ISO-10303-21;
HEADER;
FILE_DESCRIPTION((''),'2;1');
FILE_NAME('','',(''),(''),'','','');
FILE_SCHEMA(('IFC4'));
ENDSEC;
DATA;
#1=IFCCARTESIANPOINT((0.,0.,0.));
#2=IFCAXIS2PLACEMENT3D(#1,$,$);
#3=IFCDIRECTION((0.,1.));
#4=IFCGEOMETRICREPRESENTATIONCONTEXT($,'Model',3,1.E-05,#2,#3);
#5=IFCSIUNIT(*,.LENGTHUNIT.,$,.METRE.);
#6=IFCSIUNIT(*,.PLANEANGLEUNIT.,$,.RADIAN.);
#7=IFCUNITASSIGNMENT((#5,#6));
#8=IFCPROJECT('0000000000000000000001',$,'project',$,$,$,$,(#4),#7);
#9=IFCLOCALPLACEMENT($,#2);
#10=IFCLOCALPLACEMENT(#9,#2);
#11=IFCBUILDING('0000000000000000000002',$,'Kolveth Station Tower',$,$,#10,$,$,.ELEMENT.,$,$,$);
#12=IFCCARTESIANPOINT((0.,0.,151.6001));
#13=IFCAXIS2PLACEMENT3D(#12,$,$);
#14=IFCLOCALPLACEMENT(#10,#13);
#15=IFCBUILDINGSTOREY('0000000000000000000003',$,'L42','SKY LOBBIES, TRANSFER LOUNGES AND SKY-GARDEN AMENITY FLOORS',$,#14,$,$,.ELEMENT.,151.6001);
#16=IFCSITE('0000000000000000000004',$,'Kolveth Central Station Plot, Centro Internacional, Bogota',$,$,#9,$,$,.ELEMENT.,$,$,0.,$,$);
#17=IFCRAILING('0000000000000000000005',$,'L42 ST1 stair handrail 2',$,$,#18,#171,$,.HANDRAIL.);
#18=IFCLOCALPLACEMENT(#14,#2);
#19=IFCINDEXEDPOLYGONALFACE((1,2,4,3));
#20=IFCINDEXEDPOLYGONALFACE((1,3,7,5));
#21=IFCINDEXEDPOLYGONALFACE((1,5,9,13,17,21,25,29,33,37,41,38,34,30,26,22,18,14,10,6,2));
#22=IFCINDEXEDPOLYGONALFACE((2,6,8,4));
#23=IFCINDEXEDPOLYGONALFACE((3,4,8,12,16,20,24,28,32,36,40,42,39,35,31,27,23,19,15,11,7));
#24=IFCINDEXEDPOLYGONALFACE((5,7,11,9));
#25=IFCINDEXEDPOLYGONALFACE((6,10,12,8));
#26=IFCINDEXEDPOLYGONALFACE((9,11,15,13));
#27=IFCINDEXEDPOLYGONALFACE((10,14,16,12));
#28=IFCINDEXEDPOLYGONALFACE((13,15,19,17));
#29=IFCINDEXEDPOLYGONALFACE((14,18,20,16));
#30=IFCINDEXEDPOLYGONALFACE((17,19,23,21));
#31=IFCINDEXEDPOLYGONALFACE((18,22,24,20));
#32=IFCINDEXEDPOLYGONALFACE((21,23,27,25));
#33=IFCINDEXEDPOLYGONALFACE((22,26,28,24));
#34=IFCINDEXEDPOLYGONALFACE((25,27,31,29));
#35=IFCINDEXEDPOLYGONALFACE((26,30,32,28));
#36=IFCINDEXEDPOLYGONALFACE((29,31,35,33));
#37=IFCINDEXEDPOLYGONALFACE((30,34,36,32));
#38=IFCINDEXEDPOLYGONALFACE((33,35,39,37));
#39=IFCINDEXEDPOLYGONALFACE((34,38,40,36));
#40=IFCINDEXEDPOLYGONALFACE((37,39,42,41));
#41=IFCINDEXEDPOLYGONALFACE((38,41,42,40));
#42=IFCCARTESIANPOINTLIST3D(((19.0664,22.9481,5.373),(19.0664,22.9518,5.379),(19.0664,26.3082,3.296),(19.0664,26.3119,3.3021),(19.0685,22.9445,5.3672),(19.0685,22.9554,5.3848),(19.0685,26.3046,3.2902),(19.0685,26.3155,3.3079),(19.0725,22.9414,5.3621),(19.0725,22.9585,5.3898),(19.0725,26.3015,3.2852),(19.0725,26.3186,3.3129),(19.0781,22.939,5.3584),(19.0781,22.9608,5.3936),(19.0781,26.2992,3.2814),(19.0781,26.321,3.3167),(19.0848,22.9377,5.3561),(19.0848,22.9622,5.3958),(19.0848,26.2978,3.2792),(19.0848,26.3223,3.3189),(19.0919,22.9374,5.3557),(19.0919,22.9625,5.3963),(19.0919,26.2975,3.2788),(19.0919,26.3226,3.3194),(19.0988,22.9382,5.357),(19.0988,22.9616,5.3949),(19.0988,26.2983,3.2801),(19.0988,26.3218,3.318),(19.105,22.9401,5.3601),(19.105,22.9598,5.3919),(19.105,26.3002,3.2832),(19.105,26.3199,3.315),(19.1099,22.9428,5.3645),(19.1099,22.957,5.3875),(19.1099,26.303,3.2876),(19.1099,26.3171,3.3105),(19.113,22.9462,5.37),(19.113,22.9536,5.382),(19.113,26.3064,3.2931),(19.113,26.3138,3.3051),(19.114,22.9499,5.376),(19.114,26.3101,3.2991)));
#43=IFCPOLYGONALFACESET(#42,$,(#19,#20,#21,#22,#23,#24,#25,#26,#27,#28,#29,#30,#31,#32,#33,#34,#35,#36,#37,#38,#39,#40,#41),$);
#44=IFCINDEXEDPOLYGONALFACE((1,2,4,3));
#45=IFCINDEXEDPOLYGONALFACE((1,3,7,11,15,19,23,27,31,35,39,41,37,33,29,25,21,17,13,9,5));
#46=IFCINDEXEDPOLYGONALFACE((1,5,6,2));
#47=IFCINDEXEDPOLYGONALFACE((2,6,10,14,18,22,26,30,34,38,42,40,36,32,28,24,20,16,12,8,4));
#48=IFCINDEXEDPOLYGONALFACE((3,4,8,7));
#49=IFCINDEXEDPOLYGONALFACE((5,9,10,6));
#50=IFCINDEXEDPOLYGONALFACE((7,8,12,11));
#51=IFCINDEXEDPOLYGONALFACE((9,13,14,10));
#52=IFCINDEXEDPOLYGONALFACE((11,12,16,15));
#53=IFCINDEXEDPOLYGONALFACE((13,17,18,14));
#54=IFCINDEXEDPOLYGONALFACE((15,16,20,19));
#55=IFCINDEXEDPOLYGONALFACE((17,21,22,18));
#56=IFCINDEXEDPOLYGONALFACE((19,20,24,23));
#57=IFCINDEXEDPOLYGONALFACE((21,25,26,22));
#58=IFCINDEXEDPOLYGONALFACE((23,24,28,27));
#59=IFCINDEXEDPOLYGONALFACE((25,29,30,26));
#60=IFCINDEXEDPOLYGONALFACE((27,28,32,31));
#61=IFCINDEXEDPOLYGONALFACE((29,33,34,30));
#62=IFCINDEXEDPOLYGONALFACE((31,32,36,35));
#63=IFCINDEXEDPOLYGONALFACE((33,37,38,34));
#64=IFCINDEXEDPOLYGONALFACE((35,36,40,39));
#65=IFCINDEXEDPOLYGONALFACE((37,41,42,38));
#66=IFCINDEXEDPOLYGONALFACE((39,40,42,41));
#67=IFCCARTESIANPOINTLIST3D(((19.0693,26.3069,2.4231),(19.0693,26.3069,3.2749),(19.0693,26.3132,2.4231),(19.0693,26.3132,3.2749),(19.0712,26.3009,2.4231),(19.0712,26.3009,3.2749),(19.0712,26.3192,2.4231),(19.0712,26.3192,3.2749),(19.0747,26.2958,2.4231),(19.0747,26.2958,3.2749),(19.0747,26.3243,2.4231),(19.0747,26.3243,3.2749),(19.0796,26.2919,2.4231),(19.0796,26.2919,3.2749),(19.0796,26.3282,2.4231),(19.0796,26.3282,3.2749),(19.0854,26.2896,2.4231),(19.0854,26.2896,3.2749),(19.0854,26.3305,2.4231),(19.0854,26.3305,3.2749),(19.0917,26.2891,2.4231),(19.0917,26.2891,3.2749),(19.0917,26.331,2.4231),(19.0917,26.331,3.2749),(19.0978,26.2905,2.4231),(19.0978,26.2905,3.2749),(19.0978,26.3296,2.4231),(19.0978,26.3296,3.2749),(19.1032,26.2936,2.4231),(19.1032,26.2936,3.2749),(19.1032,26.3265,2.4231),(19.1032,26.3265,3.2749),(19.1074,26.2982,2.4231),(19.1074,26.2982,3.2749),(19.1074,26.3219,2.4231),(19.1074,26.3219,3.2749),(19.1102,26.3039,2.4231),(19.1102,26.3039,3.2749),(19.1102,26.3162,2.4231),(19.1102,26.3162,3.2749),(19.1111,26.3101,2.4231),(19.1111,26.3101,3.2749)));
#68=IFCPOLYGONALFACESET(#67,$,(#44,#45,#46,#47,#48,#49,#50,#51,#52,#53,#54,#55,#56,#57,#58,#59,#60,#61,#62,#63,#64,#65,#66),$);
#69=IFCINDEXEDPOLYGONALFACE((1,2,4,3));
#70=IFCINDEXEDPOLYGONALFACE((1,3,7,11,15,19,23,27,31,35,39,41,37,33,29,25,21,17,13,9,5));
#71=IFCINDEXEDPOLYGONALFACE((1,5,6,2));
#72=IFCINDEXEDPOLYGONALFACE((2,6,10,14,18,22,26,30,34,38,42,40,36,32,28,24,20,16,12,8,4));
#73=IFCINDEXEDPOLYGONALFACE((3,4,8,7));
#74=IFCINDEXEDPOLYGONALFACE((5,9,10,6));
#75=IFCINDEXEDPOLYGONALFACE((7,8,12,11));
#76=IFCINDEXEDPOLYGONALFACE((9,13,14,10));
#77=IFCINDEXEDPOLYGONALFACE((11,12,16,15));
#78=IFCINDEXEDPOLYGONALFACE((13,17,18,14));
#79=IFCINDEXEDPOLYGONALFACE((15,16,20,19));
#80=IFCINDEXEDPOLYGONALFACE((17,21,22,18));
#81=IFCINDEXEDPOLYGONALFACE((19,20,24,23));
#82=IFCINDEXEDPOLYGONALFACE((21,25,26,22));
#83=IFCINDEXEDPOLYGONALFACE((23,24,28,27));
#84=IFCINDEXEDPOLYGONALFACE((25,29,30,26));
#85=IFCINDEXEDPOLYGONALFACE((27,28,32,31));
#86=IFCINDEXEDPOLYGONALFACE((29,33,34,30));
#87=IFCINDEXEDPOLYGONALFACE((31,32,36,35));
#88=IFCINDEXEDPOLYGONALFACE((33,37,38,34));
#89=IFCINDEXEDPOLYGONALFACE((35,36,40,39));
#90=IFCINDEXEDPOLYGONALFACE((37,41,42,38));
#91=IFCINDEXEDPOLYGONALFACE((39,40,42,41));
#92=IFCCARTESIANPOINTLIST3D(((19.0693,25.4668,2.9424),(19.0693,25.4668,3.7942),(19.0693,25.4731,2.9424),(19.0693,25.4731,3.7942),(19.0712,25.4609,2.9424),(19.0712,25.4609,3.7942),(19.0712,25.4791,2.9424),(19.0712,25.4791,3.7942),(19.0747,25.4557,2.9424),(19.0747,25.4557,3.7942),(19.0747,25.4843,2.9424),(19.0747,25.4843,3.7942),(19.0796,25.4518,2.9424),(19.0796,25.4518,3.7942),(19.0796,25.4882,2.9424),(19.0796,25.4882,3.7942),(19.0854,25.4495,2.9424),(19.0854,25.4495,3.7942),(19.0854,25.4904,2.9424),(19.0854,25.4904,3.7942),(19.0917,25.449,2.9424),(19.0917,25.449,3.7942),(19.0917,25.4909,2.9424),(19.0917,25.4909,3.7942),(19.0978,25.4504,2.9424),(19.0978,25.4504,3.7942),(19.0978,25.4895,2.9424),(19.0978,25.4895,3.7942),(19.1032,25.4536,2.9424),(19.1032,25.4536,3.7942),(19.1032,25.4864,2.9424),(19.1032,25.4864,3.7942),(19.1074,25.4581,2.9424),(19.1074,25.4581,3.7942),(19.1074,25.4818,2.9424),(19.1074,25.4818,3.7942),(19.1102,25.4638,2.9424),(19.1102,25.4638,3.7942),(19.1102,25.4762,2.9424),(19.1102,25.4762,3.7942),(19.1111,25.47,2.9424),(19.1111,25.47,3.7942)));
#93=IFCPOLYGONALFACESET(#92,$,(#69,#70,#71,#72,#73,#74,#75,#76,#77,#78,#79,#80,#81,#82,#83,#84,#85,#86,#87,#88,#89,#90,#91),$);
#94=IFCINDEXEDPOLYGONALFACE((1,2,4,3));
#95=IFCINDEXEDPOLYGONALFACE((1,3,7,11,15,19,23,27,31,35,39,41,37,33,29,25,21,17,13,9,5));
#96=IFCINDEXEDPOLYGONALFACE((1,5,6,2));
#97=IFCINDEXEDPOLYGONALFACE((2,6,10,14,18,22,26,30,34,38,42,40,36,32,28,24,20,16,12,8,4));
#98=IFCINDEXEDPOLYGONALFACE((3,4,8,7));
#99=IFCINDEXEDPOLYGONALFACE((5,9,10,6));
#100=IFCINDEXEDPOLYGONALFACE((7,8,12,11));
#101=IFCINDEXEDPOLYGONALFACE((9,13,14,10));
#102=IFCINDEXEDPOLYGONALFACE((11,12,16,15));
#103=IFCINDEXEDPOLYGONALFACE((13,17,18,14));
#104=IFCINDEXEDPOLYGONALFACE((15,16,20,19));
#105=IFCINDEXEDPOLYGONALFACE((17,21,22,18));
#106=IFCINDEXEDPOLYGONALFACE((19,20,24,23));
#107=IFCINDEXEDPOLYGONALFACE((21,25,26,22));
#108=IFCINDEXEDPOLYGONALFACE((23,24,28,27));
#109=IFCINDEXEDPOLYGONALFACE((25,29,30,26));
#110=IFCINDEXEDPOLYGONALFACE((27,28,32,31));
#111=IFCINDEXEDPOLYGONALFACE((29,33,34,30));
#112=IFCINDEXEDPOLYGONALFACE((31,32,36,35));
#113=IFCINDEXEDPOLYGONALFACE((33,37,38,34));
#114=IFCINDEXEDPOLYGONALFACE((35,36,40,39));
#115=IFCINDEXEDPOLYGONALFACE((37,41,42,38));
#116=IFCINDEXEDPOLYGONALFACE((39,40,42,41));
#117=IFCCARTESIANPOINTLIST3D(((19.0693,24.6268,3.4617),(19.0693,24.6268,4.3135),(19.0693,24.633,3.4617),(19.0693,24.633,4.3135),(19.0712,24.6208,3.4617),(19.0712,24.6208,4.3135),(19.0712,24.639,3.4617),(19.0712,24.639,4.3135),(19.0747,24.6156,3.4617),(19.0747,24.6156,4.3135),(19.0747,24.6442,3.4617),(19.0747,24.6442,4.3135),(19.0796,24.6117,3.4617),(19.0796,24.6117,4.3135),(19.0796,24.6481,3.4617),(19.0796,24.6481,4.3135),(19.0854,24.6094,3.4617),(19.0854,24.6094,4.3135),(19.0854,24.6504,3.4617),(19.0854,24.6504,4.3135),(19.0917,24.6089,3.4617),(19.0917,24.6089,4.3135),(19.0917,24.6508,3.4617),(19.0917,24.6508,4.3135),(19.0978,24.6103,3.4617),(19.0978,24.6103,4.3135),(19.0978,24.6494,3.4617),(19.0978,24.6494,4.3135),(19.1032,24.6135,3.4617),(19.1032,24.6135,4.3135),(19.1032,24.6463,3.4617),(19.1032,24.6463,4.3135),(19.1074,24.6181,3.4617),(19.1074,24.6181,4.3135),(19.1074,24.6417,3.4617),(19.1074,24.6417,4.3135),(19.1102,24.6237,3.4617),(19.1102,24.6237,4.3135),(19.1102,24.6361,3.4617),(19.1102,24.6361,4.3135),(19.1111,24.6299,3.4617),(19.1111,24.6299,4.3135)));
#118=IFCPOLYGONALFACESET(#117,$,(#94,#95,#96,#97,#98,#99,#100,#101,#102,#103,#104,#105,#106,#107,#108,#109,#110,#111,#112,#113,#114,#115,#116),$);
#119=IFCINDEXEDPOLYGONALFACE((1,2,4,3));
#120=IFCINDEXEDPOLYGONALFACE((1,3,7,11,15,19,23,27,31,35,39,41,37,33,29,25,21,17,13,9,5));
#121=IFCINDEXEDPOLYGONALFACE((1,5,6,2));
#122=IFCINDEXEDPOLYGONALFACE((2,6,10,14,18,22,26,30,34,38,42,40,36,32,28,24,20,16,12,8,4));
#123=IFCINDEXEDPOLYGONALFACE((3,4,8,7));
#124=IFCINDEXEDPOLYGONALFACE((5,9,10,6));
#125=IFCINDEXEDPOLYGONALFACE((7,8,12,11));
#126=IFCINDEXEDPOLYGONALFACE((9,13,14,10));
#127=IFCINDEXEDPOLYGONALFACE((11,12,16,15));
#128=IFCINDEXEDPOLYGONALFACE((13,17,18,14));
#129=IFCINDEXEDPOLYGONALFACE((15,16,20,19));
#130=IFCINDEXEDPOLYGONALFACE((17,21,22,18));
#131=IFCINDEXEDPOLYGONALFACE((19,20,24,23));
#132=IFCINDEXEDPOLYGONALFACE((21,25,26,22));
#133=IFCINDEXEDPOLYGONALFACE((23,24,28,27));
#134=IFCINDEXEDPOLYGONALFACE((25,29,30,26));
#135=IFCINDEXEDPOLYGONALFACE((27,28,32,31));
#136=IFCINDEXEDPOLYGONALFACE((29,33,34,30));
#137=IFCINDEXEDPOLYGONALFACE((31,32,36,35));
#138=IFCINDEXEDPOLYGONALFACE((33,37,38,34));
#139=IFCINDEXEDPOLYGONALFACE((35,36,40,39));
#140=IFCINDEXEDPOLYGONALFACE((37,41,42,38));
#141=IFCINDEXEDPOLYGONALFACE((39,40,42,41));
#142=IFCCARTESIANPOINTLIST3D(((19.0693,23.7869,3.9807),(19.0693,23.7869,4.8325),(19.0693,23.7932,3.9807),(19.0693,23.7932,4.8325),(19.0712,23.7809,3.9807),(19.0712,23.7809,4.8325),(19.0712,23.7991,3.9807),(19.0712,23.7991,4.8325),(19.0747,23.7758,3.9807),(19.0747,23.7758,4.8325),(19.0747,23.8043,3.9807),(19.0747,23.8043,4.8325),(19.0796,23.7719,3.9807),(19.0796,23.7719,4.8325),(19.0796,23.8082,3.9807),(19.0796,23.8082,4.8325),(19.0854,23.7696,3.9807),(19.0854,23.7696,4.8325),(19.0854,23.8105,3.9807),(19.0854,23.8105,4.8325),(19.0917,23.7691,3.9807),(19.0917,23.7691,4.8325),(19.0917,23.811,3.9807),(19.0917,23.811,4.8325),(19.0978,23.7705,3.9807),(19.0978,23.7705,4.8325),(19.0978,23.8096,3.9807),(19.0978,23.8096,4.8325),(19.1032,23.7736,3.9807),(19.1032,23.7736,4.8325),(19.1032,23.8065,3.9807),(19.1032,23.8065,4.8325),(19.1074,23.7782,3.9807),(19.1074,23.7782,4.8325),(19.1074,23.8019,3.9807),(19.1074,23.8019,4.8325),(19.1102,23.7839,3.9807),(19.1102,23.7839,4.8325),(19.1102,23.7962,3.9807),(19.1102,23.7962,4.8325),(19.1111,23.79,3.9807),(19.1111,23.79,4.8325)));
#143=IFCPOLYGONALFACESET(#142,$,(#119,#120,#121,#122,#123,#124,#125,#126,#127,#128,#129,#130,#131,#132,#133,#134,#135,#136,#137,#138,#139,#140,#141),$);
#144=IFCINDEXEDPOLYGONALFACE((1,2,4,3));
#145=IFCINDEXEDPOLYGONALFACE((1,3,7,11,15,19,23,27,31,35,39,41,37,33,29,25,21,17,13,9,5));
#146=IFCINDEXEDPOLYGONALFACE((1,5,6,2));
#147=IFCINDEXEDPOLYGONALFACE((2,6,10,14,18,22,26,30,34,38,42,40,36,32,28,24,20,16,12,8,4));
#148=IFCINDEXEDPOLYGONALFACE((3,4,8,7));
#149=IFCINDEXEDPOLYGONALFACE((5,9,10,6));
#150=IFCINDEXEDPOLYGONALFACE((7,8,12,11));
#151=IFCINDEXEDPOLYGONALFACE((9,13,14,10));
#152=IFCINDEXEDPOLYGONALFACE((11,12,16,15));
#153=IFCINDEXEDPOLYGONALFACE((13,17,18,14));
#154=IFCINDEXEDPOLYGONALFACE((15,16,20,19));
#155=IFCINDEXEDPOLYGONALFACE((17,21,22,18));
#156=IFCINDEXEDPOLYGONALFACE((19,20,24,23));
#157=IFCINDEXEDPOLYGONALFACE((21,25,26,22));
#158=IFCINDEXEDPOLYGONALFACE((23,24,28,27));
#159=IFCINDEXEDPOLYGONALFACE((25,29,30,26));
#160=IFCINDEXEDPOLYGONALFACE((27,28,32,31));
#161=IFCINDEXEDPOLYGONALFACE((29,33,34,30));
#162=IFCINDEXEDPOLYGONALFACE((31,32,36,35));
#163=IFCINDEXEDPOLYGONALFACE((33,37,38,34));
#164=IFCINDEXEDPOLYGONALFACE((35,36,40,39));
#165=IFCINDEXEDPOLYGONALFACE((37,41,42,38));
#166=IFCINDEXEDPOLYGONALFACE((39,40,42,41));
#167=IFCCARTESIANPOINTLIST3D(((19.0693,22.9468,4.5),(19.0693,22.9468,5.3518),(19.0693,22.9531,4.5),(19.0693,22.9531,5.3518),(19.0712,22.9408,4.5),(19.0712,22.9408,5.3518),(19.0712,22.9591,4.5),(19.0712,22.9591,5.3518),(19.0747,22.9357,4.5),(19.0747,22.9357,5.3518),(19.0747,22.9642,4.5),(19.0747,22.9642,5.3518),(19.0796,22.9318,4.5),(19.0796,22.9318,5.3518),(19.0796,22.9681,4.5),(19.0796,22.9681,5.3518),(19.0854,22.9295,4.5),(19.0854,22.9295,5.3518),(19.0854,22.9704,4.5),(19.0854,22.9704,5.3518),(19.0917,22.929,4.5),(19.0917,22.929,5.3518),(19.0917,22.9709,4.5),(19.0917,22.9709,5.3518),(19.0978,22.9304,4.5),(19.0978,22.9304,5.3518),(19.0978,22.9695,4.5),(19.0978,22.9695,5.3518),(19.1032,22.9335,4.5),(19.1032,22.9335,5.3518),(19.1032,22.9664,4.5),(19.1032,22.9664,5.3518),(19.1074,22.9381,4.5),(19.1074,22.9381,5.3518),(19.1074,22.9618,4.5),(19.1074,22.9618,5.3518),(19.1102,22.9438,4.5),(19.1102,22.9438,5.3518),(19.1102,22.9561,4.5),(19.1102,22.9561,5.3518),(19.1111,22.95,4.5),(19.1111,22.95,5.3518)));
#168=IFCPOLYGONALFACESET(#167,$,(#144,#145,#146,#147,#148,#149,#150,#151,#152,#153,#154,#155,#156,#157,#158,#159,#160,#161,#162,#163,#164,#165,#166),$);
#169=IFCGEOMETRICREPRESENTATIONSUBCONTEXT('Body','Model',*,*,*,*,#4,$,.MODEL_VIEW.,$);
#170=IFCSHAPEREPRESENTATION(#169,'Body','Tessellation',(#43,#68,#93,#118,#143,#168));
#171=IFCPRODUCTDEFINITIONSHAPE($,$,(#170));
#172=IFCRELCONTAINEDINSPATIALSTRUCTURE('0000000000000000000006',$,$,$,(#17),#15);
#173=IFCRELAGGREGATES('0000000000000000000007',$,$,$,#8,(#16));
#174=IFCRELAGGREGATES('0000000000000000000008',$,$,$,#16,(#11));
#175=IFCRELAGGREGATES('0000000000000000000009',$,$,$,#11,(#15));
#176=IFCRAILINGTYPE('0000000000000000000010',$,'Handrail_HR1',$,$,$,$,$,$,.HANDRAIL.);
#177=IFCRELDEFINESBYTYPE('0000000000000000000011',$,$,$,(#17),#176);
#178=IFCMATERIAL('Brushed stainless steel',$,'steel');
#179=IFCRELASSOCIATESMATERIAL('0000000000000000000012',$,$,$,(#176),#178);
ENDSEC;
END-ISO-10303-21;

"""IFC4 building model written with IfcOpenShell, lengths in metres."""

from ifc_helpers import new_model, si_unit, direction, frame, origin, origin_2d, place, context, subcontext, project, spatial, circle, extrude, material, type_object, element, save


model = new_model("IFC4")

# Units and contexts
model_context = context("Model", 3, precision=1e-05, world=origin(), true_north=direction((0.0, 1.0)))
body_context = subcontext(model_context, "Body", "Model", "MODEL_VIEW")
ifc_project = project(units=[si_unit("LENGTHUNIT", "METRE"), si_unit("PLANEANGLEUNIT", "RADIAN")], contexts=[model_context])

# Site, building, storey
site_placement = place(None, origin())
site = spatial("IfcSite", under=ifc_project, at=site_placement, Name="Kolveth Central Station Plot, Centro Internacional, Bogota", CompositionType="ELEMENT", RefElevation=0.0)
building_placement = place(site_placement, origin())
building = spatial("IfcBuilding", under=site, at=building_placement, Name="Kolveth Station Tower", CompositionType="ELEMENT")
storey_placement = place(building_placement, frame((0.0, 0.0, 151.6001)))
storey = spatial("IfcBuildingStorey", under=building, at=storey_placement, Name="L42", Description="SKY LOBBIES, TRANSFER LOUNGES AND SKY-GARDEN AMENITY FLOORS", CompositionType="ELEMENT", Elevation=151.6001)

# Railing
ifc_material_1 = material(Name="Brushed stainless steel", Category="steel")
railing_type_1 = type_object("IfcRailingType", Name="Handrail_HR1", PredefinedType="HANDRAIL", material=ifc_material_1)
railing_1_placement = place(storey_placement, frame((19.0901, 26.3101, 2.4231)))
element("IfcRailing", 1, at=railing_1_placement, inside=storey, type_object=railing_type_1, Name="L42 ST1 stair handrail 2", PredefinedType="HANDRAIL", context=body_context, shape_type="SweptSolid", body=[
    extrude(circle(Radius=0.0239, at=origin_2d()), frame((0.0, 0.0, 0.876), z_axis=(0.0, -0.850623, 0.525776), x_axis=(1.0, 0.0, 0.0)), (0.0, 0.0, 1.0), 3.9502),
    extrude(circle(Radius=0.021, at=origin_2d()), origin(), (0.0, 0.0, 1.0), 0.8518),
    extrude(circle(Radius=0.021, at=origin_2d()), frame((0.0, -0.8401, 0.5193)), (0.0, 0.0, 1.0), 0.8518),
    extrude(circle(Radius=0.021, at=origin_2d()), frame((0.0, -1.6802, 1.0386)), (0.0, 0.0, 1.0), 0.8518),
    extrude(circle(Radius=0.021, at=origin_2d()), frame((0.0, -2.52, 1.5576)), (0.0, 0.0, 1.0), 0.8518),
    extrude(circle(Radius=0.021, at=origin_2d()), frame((0.0, -3.3601, 2.0769)), (0.0, 0.0, 1.0), 0.8518),
])

save(model, "model.ifc")
